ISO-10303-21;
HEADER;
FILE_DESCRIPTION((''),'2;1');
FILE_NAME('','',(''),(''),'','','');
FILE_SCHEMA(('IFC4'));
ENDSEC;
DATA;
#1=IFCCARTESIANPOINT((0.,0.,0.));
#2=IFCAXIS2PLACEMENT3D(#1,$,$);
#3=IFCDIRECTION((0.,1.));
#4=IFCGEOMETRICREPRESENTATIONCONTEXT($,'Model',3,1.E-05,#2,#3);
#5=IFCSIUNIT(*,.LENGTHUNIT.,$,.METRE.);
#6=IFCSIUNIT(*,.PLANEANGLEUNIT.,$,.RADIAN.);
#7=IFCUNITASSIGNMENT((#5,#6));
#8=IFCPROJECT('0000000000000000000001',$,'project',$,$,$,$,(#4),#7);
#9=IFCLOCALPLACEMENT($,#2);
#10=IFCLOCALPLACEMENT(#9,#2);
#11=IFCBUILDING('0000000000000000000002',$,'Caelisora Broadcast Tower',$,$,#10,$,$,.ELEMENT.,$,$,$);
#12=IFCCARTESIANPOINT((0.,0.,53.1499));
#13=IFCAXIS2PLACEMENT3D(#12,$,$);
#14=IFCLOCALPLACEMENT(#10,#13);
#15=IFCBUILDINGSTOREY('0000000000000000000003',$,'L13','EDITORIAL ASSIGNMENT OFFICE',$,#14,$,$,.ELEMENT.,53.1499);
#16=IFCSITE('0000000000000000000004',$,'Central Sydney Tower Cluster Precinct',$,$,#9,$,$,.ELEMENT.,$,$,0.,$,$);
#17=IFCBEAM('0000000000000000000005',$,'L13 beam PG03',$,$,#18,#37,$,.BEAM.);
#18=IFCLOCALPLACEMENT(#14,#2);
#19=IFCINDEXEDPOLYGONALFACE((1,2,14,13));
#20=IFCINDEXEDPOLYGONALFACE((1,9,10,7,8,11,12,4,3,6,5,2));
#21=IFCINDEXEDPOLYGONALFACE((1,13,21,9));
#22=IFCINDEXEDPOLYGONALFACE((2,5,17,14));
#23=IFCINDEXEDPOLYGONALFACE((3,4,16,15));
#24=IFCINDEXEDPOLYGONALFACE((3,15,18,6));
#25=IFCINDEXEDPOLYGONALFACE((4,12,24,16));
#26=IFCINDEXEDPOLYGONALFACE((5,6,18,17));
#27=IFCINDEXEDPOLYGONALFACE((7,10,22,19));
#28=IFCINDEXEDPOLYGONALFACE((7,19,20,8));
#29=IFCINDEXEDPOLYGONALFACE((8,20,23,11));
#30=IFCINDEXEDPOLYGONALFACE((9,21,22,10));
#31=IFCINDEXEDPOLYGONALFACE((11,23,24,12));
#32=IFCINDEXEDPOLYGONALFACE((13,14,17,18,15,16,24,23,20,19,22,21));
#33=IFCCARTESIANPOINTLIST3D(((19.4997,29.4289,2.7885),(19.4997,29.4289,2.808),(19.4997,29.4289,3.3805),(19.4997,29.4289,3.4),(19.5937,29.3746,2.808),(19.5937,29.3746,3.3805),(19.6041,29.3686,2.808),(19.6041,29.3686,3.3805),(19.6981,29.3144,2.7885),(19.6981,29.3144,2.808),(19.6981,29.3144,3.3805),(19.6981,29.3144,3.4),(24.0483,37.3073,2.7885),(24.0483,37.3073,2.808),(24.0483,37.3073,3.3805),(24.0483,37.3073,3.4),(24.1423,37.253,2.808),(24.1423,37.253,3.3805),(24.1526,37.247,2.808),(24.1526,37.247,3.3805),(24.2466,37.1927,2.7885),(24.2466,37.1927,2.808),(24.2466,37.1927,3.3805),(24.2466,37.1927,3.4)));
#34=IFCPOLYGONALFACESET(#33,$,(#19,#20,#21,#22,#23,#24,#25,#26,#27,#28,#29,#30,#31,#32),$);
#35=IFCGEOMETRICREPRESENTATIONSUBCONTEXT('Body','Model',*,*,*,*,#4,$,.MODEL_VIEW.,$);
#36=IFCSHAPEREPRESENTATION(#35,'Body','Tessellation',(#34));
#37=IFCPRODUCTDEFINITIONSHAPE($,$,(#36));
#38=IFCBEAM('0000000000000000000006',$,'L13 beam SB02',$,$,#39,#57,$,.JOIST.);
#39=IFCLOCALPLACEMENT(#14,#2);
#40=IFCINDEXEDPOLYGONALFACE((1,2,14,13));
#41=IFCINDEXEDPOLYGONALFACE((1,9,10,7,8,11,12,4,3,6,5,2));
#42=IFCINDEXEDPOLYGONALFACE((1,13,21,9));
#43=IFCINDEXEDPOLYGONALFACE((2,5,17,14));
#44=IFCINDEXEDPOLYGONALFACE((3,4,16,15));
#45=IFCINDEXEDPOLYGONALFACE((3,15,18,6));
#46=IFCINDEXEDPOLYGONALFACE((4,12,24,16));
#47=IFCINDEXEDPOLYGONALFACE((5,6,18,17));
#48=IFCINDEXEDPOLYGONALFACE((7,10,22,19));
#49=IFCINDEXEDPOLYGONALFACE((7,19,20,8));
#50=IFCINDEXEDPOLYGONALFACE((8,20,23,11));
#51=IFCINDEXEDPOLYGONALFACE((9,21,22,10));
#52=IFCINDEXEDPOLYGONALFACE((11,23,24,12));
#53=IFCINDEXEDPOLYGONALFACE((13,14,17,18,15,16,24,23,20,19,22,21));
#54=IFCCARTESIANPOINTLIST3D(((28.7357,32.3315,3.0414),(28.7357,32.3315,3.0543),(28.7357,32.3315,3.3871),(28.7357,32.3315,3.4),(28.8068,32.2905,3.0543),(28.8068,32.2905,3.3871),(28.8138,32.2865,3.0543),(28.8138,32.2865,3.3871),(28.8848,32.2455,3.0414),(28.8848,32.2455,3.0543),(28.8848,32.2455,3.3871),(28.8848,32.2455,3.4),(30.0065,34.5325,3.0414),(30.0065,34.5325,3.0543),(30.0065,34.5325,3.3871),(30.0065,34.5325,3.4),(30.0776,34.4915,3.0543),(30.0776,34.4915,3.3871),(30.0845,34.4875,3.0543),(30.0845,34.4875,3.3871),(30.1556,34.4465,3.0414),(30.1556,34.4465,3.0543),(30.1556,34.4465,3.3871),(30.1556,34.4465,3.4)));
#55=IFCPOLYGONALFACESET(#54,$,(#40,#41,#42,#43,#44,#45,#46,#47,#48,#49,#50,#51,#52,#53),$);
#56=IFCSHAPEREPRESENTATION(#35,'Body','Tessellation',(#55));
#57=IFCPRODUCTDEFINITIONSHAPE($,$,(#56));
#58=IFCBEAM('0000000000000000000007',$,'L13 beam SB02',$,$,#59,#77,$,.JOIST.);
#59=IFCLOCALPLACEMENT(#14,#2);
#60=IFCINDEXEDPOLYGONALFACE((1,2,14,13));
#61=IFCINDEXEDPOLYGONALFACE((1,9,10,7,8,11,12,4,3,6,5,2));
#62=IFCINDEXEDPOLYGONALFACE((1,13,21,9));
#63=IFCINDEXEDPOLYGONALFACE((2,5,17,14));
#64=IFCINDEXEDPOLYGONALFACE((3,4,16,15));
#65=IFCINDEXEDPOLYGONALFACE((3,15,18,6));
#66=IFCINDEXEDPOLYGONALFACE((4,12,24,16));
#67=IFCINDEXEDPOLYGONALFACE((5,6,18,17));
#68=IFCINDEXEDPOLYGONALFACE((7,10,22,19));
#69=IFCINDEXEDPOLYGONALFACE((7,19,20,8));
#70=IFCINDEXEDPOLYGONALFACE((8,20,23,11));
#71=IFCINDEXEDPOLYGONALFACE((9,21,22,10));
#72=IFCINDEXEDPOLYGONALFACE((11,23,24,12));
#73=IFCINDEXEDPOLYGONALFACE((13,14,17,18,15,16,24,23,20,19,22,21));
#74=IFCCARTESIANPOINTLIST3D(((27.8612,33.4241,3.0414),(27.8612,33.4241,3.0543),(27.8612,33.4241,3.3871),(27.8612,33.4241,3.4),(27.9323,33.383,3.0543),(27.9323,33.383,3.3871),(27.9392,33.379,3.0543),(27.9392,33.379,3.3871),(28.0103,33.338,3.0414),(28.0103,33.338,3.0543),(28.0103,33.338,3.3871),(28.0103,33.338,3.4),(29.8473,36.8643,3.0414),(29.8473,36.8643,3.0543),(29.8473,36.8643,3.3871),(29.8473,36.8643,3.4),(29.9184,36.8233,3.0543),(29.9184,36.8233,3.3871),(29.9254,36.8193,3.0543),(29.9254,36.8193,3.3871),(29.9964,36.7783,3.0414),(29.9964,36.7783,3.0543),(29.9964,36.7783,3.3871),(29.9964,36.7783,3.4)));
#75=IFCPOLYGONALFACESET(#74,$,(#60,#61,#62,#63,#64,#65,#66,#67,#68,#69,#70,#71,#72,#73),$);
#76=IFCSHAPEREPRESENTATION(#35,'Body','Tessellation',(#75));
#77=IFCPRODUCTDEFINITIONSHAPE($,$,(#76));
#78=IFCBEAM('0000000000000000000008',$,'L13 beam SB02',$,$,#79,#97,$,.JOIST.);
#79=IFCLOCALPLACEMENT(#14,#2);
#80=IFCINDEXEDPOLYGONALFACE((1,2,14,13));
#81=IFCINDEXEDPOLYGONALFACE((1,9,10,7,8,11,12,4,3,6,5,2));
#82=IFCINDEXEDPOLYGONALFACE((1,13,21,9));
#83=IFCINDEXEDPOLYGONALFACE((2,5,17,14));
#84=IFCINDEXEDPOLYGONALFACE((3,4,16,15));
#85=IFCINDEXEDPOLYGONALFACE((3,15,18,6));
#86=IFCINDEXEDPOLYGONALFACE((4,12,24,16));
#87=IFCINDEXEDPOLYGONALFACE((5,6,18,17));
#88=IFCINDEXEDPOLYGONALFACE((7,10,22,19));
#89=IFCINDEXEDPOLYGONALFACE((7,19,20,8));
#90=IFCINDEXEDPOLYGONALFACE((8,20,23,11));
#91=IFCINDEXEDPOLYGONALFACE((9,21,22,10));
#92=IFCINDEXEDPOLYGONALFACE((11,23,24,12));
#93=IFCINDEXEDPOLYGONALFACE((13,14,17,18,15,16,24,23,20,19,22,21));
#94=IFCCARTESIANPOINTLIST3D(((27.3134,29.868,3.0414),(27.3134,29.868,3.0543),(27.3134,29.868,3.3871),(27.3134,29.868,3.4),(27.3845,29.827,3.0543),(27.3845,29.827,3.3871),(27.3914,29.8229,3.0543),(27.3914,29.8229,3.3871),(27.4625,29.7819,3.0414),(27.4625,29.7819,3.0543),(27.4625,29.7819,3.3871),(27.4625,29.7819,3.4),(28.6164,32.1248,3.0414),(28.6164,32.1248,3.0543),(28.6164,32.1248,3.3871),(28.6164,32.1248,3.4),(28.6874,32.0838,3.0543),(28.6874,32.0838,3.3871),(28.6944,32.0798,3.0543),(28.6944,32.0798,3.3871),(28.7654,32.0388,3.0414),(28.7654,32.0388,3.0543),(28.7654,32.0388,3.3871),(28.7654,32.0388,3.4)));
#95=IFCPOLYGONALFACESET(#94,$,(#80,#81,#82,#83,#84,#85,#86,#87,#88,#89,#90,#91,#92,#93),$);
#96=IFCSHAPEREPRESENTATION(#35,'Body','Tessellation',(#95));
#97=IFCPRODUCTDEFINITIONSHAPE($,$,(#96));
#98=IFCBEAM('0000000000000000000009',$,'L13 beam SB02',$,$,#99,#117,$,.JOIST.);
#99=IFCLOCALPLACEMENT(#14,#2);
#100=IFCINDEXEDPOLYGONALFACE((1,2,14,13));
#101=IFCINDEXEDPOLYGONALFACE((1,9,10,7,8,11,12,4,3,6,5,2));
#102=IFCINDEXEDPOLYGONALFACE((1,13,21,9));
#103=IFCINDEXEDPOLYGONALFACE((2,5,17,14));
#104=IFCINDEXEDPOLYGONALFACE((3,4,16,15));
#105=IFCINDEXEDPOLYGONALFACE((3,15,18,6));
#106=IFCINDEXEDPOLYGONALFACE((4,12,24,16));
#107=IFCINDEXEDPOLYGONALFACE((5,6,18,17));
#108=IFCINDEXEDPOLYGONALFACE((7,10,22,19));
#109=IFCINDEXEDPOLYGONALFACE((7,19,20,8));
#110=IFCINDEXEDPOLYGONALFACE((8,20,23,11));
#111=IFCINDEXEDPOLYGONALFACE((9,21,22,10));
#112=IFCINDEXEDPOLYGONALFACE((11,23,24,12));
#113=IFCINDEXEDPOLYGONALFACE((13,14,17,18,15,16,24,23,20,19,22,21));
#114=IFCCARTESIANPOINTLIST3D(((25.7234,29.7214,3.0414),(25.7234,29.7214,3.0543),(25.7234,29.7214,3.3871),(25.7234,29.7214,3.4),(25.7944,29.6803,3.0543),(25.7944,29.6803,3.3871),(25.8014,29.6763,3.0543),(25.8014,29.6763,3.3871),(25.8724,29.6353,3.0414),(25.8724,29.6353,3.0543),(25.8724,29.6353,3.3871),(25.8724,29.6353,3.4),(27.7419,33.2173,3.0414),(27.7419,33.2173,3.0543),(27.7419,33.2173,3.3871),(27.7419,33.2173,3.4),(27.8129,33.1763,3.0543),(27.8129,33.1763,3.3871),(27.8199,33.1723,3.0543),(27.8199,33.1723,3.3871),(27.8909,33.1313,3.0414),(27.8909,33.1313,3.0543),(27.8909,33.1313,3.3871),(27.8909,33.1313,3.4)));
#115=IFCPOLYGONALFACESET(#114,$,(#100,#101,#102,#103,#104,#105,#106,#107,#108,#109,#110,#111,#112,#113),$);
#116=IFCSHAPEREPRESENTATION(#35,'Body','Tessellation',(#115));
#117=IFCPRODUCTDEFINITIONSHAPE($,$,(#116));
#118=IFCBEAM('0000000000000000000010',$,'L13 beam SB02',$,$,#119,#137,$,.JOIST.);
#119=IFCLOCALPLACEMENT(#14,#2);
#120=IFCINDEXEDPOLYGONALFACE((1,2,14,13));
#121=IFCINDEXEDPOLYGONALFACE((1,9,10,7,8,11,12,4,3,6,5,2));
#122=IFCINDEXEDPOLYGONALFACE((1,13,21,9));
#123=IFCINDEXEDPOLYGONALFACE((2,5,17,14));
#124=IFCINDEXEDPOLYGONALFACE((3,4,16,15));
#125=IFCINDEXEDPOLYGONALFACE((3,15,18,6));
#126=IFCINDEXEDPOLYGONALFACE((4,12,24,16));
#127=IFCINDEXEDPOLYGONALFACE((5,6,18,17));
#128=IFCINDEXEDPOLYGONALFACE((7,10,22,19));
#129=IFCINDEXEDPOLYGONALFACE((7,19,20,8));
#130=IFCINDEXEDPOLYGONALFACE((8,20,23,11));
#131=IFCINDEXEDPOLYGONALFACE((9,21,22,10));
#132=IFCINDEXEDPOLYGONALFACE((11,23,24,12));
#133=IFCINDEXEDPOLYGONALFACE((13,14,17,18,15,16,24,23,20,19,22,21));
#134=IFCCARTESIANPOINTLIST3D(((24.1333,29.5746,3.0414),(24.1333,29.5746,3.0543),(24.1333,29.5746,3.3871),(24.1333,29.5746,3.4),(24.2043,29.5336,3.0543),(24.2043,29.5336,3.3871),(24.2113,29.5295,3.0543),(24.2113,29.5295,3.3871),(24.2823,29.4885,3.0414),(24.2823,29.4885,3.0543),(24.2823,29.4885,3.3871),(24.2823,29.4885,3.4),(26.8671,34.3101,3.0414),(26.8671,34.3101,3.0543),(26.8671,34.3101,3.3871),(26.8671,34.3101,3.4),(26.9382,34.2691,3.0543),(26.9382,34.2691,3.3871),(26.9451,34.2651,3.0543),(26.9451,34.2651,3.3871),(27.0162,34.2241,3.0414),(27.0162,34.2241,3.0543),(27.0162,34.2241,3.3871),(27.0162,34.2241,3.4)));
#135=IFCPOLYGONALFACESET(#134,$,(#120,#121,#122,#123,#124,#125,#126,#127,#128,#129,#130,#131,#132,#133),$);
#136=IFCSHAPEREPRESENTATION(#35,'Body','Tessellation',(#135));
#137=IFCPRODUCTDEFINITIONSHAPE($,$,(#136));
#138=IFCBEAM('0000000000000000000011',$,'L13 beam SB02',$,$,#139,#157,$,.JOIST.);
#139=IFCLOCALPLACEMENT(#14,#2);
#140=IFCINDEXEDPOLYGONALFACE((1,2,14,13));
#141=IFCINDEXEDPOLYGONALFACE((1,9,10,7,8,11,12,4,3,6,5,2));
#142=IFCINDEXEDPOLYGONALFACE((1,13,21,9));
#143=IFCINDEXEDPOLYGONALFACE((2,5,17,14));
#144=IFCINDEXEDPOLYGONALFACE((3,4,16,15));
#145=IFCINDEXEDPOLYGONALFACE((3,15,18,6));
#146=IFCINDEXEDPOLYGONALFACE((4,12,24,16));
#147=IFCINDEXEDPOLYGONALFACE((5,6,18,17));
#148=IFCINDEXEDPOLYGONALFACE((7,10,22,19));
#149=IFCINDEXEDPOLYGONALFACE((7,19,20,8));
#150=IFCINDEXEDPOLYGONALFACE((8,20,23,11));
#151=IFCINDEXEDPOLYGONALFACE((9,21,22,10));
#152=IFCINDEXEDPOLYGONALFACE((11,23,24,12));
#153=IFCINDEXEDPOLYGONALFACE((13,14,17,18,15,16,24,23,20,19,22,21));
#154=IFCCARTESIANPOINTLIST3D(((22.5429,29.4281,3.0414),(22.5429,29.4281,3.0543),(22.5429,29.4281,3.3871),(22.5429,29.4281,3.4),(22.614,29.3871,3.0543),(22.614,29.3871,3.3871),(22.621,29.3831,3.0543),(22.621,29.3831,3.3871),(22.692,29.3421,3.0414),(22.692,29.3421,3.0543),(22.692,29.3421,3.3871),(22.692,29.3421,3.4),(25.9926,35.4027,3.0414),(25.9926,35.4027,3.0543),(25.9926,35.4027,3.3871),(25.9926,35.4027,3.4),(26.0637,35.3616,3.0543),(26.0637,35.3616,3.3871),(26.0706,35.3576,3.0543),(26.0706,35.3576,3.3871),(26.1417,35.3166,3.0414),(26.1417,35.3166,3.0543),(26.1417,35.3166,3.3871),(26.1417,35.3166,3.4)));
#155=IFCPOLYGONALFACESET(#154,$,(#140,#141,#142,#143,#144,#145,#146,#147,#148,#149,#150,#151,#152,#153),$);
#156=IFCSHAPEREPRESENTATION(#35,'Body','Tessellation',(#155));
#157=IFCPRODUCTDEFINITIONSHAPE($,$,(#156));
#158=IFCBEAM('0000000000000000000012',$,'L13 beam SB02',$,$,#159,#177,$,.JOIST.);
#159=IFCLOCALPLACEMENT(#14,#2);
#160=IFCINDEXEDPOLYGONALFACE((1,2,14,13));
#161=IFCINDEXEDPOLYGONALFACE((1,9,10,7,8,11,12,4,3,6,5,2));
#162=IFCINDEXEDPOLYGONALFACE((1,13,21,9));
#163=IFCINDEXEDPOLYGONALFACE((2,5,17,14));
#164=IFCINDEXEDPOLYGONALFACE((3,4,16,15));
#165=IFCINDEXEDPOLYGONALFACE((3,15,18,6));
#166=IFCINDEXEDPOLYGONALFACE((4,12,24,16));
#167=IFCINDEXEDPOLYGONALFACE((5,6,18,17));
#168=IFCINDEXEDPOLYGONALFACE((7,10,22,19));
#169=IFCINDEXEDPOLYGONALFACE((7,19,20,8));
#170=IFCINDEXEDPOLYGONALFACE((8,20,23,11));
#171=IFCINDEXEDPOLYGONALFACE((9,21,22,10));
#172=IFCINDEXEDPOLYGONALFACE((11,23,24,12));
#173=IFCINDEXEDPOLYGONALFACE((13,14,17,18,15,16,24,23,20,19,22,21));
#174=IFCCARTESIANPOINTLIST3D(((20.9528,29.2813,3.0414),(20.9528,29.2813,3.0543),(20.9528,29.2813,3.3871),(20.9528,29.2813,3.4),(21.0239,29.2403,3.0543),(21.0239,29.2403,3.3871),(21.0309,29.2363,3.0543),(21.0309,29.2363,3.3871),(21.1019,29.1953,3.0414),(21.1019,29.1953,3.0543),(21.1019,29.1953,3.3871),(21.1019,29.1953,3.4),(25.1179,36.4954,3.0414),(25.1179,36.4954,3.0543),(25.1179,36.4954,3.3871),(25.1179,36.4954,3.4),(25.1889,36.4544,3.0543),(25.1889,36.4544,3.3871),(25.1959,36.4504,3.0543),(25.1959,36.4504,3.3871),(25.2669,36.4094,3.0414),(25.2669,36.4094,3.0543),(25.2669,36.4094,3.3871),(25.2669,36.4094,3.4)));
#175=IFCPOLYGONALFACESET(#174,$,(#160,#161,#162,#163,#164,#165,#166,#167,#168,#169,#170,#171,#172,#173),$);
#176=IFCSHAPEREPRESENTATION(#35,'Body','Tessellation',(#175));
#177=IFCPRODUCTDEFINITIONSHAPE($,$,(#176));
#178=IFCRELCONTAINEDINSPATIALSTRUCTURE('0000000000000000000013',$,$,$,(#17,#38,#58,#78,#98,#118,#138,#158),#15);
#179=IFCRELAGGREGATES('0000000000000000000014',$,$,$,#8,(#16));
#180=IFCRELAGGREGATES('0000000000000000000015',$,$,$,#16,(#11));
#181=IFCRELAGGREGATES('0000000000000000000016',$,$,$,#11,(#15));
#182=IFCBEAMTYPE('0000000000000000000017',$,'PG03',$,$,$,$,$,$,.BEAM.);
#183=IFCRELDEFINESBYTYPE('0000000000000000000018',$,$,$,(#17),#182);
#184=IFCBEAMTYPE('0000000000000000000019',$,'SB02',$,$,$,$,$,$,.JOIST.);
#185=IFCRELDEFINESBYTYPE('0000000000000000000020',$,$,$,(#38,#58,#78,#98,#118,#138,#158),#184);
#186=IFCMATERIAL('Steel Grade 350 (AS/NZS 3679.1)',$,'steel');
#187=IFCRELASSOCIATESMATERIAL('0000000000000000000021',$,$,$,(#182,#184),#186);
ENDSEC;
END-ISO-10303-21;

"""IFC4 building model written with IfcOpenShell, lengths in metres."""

from ifc_helpers import new_model, si_unit, direction, frame, origin, origin_2d, place, context, subcontext, project, spatial, i_section, extrude, source, transform, mapped, material, material_profile, profile_set, type_object, type_shapes, element, save


model = new_model("IFC4")

# Units and contexts
model_context = context("Model", 3, precision=1e-05, world=origin(), true_north=direction((0.0, 1.0)))
body_context = subcontext(model_context, "Body", "Model", "MODEL_VIEW")
ifc_project = project(units=[si_unit("LENGTHUNIT", "METRE"), si_unit("PLANEANGLEUNIT", "RADIAN")], contexts=[model_context])

# Site, building, storey
site_placement = place(None, origin())
site = spatial("IfcSite", under=ifc_project, at=site_placement, Name="Central Sydney Tower Cluster Precinct", CompositionType="ELEMENT", RefElevation=0.0)
building_placement = place(site_placement, origin())
building = spatial("IfcBuilding", under=site, at=building_placement, Name="Caelisora Broadcast Tower", CompositionType="ELEMENT")
storey_placement = place(building_placement, frame((0.0, 0.0, 53.1499)))
storey = spatial("IfcBuildingStorey", under=building, at=storey_placement, Name="L13", Description="EDITORIAL ASSIGNMENT OFFICE", CompositionType="ELEMENT", Elevation=53.1499)

# Beams
ifc_material_1 = material(Name="Steel Grade 350 (AS/NZS 3679.1)", Category="steel")
ifc_material_profile_1 = material_profile(ifc_material_1, i_section(OverallWidth=0.229, OverallDepth=0.6116, WebThickness=0.012, FlangeThickness=0.0195, at=origin_2d()), Name="Steel Grade 350 (AS/NZS 3679.1)")
ifc_profile_set_1 = profile_set([ifc_material_profile_1], Name="Steel Grade 350 (AS/NZS 3679.1)")
beam_type_1 = type_object("IfcBeamType", Name="PG03", PredefinedType="BEAM", material=ifc_profile_set_1)
shared_shape_1 = source(origin(), body_context, "Body", "SweptSolid", [
    extrude(i_section(OverallWidth=0.229, OverallDepth=0.6116, WebThickness=0.012, FlangeThickness=0.0195, at=origin_2d()), origin(), (0.0, 0.0, 1.0), 9.0972),
])
type_shapes(beam_type_1, [shared_shape_1])
beam_1_placement = place(storey_placement, frame((24.1475, 37.25, 3.0942), z_axis=(-0.499998, -0.866026, 0.0), x_axis=(0.866026, -0.499998, 0.0)))
element("IfcBeam", 1, at=beam_1_placement, inside=storey, type_object=beam_type_1, Name="L13 beam PG03", PredefinedType="BEAM", context=body_context, shape_type="MappedRepresentation", body=[
    mapped(shared_shape_1, transform((0.0, 0.0, 0.0), scale=1.0)),
])
ifc_material_profile_2 = material_profile(ifc_material_1, i_section(OverallWidth=0.1721, OverallDepth=0.3586, WebThickness=0.0081, FlangeThickness=0.0129, at=origin_2d()), Name="Steel Grade 350 (AS/NZS 3679.1)")
ifc_profile_set_2 = profile_set([ifc_material_profile_2], Name="Steel Grade 350 (AS/NZS 3679.1)")
beam_type_2 = type_object("IfcBeamType", Name="SB02", PredefinedType="JOIST", material=ifc_profile_set_2)
shared_shape_2 = source(origin(), body_context, "Body", "SweptSolid", [
    extrude(i_section(OverallWidth=0.1721, OverallDepth=0.3586, WebThickness=0.0081, FlangeThickness=0.0129, at=origin_2d()), origin(), (0.0, 0.0, 1.0), 2.5415),
])
beam_2_placement = place(storey_placement, frame((30.0811, 34.4895, 3.2207), z_axis=(-0.500013, -0.866018, 0.0), x_axis=(0.866018, -0.500013, 0.0)))
element("IfcBeam", 2, at=beam_2_placement, inside=storey, type_object=beam_type_2, Name="L13 beam SB02", PredefinedType="JOIST", context=body_context, shape_type="MappedRepresentation", body=[
    mapped(shared_shape_2, transform((0.0, 0.0, 0.0), scale=1.0)),
])
shared_shape_3 = source(origin(), body_context, "Body", "SweptSolid", [
    extrude(i_section(OverallWidth=0.1721, OverallDepth=0.3586, WebThickness=0.0081, FlangeThickness=0.0129, at=origin_2d()), origin(), (0.0, 0.0, 1.0), 3.9724),
])
beam_3_placement = place(storey_placement, frame((29.9219, 36.8213, 3.2207), z_axis=(-0.49998, -0.866037, 0.0), x_axis=(0.866037, -0.49998, 0.0)))
element("IfcBeam", 3, at=beam_3_placement, inside=storey, type_object=beam_type_2, Name="L13 beam SB02", PredefinedType="JOIST", context=body_context, shape_type="MappedRepresentation", body=[
    mapped(shared_shape_3, transform((0.0, 0.0, 0.0), scale=1.0)),
])
shared_shape_4 = source(origin(), body_context, "Body", "SweptSolid", [
    extrude(i_section(OverallWidth=0.1721, OverallDepth=0.3586, WebThickness=0.0081, FlangeThickness=0.0129, at=origin_2d()), origin(), (0.0, 0.0, 1.0), 2.606),
])
beam_4_placement = place(storey_placement, frame((28.6909, 32.0818, 3.2207), z_axis=(-0.499998, -0.866026, 0.0), x_axis=(0.866026, -0.499998, 0.0)))
element("IfcBeam", 4, at=beam_4_placement, inside=storey, type_object=beam_type_2, Name="L13 beam SB02", PredefinedType="JOIST", context=body_context, shape_type="MappedRepresentation", body=[
    mapped(shared_shape_4, transform((0.0, 0.0, 0.0), scale=1.0)),
])
shared_shape_5 = source(origin(), body_context, "Body", "SweptSolid", [
    extrude(i_section(OverallWidth=0.1721, OverallDepth=0.3586, WebThickness=0.0081, FlangeThickness=0.0129, at=origin_2d()), origin(), (0.0, 0.0, 1.0), 4.0369),
])
beam_5_placement = place(storey_placement, frame((27.8164, 33.1743, 3.2207), z_axis=(-0.500016, -0.866016, 0.0), x_axis=(0.866016, -0.500016, 0.0)))
element("IfcBeam", 5, at=beam_5_placement, inside=storey, type_object=beam_type_2, Name="L13 beam SB02", PredefinedType="JOIST", context=body_context, shape_type="MappedRepresentation", body=[
    mapped(shared_shape_5, transform((0.0, 0.0, 0.0), scale=1.0)),
])
shared_shape_6 = source(origin(), body_context, "Body", "SweptSolid", [
    extrude(i_section(OverallWidth=0.1721, OverallDepth=0.3586, WebThickness=0.0081, FlangeThickness=0.0129, at=origin_2d()), origin(), (0.0, 0.0, 1.0), 5.468),
])
beam_6_placement = place(storey_placement, frame((26.9417, 34.2671, 3.2207), z_axis=(-0.499971, -0.866042, 0.0), x_axis=(0.866042, -0.499971, 0.0)))
element("IfcBeam", 6, at=beam_6_placement, inside=storey, type_object=beam_type_2, Name="L13 beam SB02", PredefinedType="JOIST", context=body_context, shape_type="MappedRepresentation", body=[
    mapped(shared_shape_6, transform((0.0, 0.0, 0.0), scale=1.0)),
])
shared_shape_7 = source(origin(), body_context, "Body", "SweptSolid", [
    extrude(i_section(OverallWidth=0.1721, OverallDepth=0.3586, WebThickness=0.0081, FlangeThickness=0.0129, at=origin_2d()), origin(), (0.0, 0.0, 1.0), 6.8989),
])
beam_7_placement = place(storey_placement, frame((26.0671, 35.3596, 3.2207), z_axis=(-0.500029, -0.866009, 0.0), x_axis=(0.866009, -0.500029, 0.0)))
element("IfcBeam", 7, at=beam_7_placement, inside=storey, type_object=beam_type_2, Name="L13 beam SB02", PredefinedType="JOIST", context=body_context, shape_type="MappedRepresentation", body=[
    mapped(shared_shape_7, transform((0.0, 0.0, 0.0), scale=1.0)),
])
shared_shape_8 = source(origin(), body_context, "Body", "SweptSolid", [
    extrude(i_section(OverallWidth=0.1721, OverallDepth=0.3586, WebThickness=0.0081, FlangeThickness=0.0129, at=origin_2d()), origin(), (0.0, 0.0, 1.0), 8.3301),
])
type_shapes(beam_type_2, [shared_shape_2, shared_shape_3, shared_shape_4, shared_shape_5, shared_shape_6, shared_shape_7, shared_shape_8])
beam_8_placement = place(storey_placement, frame((25.1924, 36.4524, 3.2207), z_axis=(-0.499997, -0.866027, 0.0), x_axis=(0.866027, -0.499997, 0.0)))
element("IfcBeam", 8, at=beam_8_placement, inside=storey, type_object=beam_type_2, Name="L13 beam SB02", PredefinedType="JOIST", context=body_context, shape_type="MappedRepresentation", body=[
    mapped(shared_shape_8, transform((0.0, 0.0, 0.0), scale=1.0)),
])

save(model, "model.ifc")
